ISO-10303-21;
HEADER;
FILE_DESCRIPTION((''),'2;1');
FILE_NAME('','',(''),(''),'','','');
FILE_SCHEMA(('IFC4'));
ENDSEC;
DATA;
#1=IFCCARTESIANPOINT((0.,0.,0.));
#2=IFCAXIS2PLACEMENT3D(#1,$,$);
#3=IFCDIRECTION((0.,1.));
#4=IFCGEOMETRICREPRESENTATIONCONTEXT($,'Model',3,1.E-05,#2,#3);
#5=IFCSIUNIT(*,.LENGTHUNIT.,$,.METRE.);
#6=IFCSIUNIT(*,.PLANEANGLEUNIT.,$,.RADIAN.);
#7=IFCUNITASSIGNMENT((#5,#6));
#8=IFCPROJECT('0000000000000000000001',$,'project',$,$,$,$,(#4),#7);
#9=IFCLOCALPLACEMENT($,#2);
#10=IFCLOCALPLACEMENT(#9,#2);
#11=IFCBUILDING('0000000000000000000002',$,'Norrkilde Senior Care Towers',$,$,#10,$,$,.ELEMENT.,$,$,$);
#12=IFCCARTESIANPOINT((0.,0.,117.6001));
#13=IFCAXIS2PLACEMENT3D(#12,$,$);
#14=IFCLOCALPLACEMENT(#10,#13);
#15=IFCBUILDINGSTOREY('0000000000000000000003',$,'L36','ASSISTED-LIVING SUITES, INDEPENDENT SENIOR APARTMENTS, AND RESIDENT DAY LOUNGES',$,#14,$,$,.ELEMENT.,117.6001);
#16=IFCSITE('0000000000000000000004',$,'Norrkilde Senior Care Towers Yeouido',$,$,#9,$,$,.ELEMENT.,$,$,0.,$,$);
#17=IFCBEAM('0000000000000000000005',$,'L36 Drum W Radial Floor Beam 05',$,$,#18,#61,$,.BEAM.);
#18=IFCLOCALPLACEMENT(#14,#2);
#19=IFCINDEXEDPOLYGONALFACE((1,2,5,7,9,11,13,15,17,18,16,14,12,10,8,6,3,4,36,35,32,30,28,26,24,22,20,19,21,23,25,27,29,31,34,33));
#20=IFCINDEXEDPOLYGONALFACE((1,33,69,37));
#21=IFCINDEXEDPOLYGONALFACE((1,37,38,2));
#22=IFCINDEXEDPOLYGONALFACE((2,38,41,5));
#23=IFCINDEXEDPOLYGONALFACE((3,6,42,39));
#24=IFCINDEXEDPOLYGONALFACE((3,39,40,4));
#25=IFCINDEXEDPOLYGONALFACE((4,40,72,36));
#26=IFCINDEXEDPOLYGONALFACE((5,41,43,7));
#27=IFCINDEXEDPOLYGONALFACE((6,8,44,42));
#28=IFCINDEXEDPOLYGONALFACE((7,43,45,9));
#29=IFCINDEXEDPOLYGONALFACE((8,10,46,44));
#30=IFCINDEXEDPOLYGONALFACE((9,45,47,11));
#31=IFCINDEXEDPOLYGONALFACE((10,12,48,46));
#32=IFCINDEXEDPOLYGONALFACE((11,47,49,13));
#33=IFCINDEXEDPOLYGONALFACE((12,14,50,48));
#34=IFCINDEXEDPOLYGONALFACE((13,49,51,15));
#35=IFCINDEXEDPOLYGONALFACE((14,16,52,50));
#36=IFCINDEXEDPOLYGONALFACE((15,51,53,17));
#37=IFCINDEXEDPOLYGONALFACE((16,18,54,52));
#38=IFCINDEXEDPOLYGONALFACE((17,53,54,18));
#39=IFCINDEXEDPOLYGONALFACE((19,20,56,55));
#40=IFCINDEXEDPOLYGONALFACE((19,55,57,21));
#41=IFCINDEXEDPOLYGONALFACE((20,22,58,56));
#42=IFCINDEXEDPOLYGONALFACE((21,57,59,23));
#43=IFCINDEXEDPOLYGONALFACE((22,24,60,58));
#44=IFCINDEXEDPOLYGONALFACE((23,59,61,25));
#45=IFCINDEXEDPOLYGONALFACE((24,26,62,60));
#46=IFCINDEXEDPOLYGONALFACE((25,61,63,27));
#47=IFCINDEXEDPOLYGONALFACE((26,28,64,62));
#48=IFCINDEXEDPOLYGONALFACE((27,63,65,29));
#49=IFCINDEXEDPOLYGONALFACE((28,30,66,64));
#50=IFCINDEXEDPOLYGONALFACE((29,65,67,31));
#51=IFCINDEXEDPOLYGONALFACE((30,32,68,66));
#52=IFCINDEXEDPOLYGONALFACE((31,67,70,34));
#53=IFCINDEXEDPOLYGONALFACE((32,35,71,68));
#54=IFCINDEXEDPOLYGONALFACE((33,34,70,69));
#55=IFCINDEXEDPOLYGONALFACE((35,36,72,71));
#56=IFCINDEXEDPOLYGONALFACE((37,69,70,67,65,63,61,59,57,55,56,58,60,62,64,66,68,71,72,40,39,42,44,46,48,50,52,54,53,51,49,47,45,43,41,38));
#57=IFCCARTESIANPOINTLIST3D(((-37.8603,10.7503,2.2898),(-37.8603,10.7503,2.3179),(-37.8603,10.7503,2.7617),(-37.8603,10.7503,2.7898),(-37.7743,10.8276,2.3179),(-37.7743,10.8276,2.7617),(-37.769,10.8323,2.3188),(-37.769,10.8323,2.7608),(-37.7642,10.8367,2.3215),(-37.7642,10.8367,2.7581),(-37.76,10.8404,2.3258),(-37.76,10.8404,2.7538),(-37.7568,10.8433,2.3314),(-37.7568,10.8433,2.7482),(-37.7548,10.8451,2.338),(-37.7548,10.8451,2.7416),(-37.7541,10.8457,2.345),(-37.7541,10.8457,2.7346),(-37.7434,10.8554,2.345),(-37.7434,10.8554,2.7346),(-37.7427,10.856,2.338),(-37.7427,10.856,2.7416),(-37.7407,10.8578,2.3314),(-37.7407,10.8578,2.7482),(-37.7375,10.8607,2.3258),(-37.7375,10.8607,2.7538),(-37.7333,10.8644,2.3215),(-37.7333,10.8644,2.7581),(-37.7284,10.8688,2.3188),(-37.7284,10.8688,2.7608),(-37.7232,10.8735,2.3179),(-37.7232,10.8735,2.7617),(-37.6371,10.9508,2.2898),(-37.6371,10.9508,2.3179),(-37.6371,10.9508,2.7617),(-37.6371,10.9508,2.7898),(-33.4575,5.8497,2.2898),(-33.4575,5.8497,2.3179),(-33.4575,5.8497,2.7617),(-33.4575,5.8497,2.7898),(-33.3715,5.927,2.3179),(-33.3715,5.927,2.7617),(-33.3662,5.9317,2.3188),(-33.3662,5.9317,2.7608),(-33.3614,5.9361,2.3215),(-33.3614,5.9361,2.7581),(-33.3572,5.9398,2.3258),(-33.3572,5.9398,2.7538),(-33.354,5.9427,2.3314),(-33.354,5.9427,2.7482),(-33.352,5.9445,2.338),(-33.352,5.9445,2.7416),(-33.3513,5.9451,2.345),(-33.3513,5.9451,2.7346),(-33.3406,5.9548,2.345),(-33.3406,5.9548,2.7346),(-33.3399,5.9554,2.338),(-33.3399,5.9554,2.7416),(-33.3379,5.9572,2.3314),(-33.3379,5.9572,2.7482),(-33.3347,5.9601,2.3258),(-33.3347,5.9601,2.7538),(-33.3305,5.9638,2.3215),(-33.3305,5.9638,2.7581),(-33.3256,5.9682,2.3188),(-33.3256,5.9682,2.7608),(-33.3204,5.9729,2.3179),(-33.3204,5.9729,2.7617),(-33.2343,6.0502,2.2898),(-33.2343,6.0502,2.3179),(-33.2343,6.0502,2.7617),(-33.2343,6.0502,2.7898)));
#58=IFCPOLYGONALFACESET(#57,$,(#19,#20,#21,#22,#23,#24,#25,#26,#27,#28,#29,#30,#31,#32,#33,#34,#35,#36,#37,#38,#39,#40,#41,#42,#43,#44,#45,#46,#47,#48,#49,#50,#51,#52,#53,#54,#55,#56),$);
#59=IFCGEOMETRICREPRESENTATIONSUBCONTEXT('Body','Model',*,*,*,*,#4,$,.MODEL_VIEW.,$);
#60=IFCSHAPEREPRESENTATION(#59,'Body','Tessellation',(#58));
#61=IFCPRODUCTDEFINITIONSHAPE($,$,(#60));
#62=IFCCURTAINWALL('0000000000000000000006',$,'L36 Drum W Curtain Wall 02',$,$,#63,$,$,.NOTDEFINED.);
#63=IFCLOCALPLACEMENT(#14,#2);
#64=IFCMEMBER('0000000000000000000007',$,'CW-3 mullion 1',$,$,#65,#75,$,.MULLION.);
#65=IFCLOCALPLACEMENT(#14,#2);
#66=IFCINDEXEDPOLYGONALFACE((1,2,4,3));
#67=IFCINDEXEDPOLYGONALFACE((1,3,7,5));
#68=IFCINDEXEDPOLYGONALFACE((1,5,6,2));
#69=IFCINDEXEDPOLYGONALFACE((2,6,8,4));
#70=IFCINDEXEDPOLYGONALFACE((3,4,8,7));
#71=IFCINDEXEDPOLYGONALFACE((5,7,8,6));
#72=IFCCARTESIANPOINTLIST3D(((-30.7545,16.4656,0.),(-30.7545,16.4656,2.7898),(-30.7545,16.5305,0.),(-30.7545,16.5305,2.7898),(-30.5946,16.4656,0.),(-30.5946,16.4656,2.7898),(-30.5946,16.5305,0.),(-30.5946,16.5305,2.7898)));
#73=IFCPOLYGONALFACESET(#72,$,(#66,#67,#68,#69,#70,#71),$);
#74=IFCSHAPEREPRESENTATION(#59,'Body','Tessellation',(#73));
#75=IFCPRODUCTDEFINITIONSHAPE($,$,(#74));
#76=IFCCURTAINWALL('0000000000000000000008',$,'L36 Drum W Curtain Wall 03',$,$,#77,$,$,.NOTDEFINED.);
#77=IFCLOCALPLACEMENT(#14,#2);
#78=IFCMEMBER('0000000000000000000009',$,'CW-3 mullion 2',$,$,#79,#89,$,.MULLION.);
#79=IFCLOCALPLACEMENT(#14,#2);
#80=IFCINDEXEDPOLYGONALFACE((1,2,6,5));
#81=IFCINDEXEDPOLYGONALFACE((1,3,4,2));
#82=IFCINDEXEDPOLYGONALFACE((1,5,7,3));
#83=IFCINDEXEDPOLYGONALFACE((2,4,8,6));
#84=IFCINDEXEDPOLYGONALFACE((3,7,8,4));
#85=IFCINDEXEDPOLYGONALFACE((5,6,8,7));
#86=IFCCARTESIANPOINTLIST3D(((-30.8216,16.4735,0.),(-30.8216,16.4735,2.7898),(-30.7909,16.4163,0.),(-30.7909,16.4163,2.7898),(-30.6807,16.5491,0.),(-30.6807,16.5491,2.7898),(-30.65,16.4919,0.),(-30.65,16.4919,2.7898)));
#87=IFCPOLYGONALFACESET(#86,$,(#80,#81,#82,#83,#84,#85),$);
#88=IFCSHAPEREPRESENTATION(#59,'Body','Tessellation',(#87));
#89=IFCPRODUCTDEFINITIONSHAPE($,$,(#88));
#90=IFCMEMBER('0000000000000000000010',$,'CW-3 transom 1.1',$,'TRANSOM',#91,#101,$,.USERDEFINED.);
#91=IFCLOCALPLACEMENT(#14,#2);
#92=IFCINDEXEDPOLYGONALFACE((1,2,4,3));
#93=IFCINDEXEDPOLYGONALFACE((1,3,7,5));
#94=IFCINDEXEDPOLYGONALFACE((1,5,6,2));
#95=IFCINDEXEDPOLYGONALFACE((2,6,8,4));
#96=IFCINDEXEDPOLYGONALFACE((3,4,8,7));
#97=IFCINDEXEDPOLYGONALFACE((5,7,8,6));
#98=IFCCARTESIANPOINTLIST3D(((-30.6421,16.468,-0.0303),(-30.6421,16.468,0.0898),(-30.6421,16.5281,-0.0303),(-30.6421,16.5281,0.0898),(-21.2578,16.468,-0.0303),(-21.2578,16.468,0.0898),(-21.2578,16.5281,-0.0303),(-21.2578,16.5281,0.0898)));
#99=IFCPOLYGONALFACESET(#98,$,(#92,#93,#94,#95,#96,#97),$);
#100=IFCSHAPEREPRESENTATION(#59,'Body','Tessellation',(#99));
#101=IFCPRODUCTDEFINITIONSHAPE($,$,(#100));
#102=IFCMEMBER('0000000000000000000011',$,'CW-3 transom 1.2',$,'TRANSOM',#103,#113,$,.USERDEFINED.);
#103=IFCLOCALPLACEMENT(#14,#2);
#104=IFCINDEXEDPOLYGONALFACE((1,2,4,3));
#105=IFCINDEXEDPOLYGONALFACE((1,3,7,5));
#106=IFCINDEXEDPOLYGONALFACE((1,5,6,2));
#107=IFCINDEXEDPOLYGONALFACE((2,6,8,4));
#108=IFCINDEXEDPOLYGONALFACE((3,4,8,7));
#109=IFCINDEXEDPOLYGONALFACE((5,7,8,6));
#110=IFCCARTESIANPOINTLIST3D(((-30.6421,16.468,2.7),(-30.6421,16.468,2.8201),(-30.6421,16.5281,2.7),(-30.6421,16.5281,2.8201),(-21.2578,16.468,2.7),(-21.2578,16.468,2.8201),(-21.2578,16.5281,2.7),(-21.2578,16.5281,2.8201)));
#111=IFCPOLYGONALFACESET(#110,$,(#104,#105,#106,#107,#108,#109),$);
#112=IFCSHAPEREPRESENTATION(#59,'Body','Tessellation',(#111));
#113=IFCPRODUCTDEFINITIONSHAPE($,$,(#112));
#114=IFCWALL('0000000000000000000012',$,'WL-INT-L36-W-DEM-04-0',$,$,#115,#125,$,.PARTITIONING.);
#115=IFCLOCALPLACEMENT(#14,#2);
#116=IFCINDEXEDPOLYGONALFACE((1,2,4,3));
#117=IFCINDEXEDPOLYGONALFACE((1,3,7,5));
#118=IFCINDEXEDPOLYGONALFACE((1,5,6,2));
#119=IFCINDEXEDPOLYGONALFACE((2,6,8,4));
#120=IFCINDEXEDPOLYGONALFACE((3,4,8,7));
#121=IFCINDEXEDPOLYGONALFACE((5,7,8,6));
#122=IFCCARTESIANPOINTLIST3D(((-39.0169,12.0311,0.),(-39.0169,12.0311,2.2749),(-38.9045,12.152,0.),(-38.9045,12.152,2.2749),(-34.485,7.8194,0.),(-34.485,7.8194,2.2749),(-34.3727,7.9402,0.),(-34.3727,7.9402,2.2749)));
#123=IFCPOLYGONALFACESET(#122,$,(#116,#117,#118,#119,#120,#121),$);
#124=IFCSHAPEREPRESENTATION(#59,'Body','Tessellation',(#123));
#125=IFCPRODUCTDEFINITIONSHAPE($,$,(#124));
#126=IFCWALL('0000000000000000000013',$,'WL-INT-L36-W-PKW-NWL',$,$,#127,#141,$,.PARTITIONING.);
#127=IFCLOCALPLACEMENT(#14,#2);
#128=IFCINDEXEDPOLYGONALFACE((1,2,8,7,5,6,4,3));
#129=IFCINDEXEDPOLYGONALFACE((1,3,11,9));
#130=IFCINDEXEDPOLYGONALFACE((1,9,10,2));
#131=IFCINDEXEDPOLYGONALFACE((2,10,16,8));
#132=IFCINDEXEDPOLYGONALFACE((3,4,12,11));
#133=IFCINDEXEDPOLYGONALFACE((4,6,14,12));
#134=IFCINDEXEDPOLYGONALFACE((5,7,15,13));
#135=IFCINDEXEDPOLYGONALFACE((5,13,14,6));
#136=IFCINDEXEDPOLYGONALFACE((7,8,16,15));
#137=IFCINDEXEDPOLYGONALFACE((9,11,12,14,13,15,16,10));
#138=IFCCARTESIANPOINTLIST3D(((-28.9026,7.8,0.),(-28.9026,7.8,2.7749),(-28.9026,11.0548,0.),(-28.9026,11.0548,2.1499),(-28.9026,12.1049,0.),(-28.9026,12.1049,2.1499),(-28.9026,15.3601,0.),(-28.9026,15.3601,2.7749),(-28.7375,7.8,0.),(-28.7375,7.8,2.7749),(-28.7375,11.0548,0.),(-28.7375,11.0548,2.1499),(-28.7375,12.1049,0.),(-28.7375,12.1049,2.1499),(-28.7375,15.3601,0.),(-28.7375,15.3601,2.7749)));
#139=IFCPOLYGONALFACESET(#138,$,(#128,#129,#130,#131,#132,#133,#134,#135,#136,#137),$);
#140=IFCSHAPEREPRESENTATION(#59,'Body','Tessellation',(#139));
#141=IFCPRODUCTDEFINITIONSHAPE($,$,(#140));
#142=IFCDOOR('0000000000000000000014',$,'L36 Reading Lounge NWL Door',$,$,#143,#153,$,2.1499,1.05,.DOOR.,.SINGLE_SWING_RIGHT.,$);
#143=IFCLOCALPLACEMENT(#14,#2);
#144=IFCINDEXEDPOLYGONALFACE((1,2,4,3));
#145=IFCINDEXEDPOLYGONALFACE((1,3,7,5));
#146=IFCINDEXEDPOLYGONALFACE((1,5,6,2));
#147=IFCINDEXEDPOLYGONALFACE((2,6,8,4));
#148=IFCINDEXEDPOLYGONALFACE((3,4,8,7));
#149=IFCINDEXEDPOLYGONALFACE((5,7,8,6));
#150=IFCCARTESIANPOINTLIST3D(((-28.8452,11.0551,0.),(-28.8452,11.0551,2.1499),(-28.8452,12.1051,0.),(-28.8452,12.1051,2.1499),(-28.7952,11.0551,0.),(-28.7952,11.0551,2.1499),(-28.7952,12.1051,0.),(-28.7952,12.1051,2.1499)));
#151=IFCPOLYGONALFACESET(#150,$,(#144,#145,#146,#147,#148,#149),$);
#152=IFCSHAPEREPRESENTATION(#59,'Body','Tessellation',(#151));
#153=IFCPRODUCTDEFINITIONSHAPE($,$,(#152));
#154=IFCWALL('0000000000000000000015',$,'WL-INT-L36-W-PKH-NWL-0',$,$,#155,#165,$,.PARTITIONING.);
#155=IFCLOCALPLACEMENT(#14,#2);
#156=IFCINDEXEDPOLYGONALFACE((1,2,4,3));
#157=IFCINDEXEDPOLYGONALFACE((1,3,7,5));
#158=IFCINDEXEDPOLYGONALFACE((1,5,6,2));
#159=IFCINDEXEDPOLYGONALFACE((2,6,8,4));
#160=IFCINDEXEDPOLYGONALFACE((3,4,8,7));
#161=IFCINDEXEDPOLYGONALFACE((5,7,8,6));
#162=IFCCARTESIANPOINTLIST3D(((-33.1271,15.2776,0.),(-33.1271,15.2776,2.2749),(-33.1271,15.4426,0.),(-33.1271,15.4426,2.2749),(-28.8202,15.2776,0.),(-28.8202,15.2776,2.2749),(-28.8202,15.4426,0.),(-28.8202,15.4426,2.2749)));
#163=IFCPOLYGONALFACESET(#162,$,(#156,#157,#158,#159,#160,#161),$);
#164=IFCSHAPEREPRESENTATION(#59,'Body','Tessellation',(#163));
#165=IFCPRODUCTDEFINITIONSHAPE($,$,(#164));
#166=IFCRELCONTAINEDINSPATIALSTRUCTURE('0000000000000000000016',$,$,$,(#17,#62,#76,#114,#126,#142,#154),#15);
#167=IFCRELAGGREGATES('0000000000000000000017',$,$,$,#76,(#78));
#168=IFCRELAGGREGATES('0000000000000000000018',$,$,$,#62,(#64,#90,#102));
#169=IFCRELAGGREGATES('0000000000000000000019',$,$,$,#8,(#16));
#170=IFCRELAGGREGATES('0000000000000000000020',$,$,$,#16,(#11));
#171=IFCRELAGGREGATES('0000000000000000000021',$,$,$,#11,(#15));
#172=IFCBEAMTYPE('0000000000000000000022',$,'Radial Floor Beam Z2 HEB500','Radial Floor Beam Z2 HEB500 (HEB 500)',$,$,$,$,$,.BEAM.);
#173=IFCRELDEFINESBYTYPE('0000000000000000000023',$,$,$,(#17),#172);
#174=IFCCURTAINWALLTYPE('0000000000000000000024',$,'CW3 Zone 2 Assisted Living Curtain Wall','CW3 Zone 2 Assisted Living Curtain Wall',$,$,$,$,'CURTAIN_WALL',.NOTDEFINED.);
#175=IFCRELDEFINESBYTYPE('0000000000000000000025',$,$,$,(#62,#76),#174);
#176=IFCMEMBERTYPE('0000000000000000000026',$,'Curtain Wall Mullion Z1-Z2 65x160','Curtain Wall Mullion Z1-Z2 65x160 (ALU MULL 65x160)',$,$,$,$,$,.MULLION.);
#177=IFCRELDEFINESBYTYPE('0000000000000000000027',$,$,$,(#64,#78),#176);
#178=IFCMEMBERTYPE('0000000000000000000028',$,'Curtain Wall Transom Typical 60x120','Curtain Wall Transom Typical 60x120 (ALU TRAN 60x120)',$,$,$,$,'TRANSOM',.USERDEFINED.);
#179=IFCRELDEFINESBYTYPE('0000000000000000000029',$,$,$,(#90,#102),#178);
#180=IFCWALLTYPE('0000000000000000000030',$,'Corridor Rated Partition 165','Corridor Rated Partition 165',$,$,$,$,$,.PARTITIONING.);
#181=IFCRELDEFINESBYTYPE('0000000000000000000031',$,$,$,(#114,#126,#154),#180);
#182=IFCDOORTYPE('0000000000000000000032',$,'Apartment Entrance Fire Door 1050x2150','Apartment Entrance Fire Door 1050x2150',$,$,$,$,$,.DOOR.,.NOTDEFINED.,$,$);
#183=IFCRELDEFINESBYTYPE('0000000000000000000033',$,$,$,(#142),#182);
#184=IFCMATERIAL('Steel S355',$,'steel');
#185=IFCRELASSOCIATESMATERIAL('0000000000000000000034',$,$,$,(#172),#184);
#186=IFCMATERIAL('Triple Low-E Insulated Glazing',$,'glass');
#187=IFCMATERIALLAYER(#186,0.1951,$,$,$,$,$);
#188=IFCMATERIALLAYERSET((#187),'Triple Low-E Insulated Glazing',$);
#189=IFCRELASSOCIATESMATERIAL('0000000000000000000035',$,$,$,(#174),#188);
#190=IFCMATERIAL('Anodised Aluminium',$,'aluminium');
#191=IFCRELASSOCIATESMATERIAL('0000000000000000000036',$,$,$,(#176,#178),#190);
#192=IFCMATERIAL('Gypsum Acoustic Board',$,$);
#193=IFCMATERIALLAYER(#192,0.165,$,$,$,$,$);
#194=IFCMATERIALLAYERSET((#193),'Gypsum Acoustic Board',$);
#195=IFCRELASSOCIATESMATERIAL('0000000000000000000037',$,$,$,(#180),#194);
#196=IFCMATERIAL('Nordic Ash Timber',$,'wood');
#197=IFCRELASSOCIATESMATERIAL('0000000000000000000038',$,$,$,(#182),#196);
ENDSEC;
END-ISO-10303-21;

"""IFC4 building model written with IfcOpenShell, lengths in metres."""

from ifc_helpers import new_model, si_unit, direction, frame, frame_2d, origin, origin_2d, place, context, subcontext, project, spatial, rectangle, i_section, extrude, source, transform, mapped, material, layer, layer_set, material_profile, profile_set, type_object, type_shapes, element, fill, aggregate, save


model = new_model("IFC4")

# Units and contexts
model_context = context("Model", 3, precision=1e-05, world=origin(), true_north=direction((0.0, 1.0)))
body_context = subcontext(model_context, "Body", "Model", "MODEL_VIEW")
ifc_project = project(units=[si_unit("LENGTHUNIT", "METRE"), si_unit("PLANEANGLEUNIT", "RADIAN")], contexts=[model_context])

# Site, building, storey
site_placement = place(None, origin())
site = spatial("IfcSite", under=ifc_project, at=site_placement, Name="Norrkilde Senior Care Towers Yeouido", CompositionType="ELEMENT", RefElevation=0.0)
building_placement = place(site_placement, origin())
building = spatial("IfcBuilding", under=site, at=building_placement, Name="Norrkilde Senior Care Towers", CompositionType="ELEMENT")
storey_placement = place(building_placement, frame((0.0, 0.0, 117.6001)))
storey = spatial("IfcBuildingStorey", under=building, at=storey_placement, Name="L36", Description="ASSISTED-LIVING SUITES, INDEPENDENT SENIOR APARTMENTS, AND RESIDENT DAY LOUNGES", CompositionType="ELEMENT", Elevation=117.6001)

# Beam
ifc_material_1 = material(Name="Steel S355", Category="steel")
ifc_material_profile_1 = material_profile(ifc_material_1, i_section(OverallWidth=0.3, OverallDepth=0.5, WebThickness=0.0144, FlangeThickness=0.0281, FilletRadius=0.0271, at=origin_2d()), Name="HEB 500")
ifc_profile_set_1 = profile_set([ifc_material_profile_1], Name="Steel S355")
beam_type_1 = type_object("IfcBeamType", Name="Radial Floor Beam Z2 HEB500", Description="Radial Floor Beam Z2 HEB500 (HEB 500)", PredefinedType="BEAM", material=ifc_profile_set_1)
shared_shape_1 = source(origin(), body_context, "Body", "SweptSolid", [
    extrude(i_section(OverallWidth=0.3, OverallDepth=0.5, WebThickness=0.0144, FlangeThickness=0.0281, FilletRadius=0.0271, at=origin_2d()), origin(), (0.0, 0.0, 1.0), 6.5879),
])
beam_1_placement = place(storey_placement, frame((-33.3459, 5.95, 2.5398), z_axis=(-0.668315, 0.743878, 0.0), x_axis=(-0.743878, -0.668315, 0.0)))
element("IfcBeam", 1, at=beam_1_placement, inside=storey, type_object=beam_type_1, Name="L36 Drum W Radial Floor Beam 05", PredefinedType="BEAM", context=body_context, shape_type="MappedRepresentation", body=[
    mapped(shared_shape_1, transform((0.0, 0.0, 0.0), x_axis=(1.0, 0.0, 0.0), y_axis=(0.0, 1.0, 0.0), z_axis=(0.0, 0.0, 1.0), scale=1.0)),
])

# Curtain walls, members
ifc_material_2 = material(Name="Triple Low-E Insulated Glazing", Category="glass")
ifc_layer_1 = layer(ifc_material_2, 0.1951)
ifc_layer_set_1 = layer_set([ifc_layer_1], Name="Triple Low-E Insulated Glazing")
curtain_wall_type = type_object("IfcCurtainWallType", Name="CW3 Zone 2 Assisted Living Curtain Wall", Description="CW3 Zone 2 Assisted Living Curtain Wall", ElementType="CURTAIN_WALL", PredefinedType="NOTDEFINED", material=ifc_layer_set_1)
curtain_wall_1_placement = place(storey_placement, origin())
curtain_wall_1 = element("IfcCurtainWall", 2, at=curtain_wall_1_placement, inside=storey, type_object=curtain_wall_type, Name="L36 Drum W Curtain Wall 02", PredefinedType="NOTDEFINED")
ifc_material_3 = material(Name="Anodised Aluminium", Category="aluminium")
ifc_material_profile_2 = material_profile(ifc_material_3, rectangle(XDim=0.0649, YDim=0.1599, at=origin_2d()), Name="ALU MULL 65x160")
ifc_profile_set_2 = profile_set([ifc_material_profile_2], Name="Anodised Aluminium")
member_type_1 = type_object("IfcMemberType", Name="Curtain Wall Mullion Z1-Z2 65x160", Description="Curtain Wall Mullion Z1-Z2 65x160 (ALU MULL 65x160)", PredefinedType="MULLION", material=ifc_profile_set_2)
shared_shape_2 = source(origin(), body_context, "Body", "SweptSolid", [
    extrude(rectangle(XDim=0.0649, YDim=0.1599, at=origin_2d()), origin(), (0.0, 0.0, 1.0), 2.7898),
])
type_shapes(member_type_1, [shared_shape_2])
member_1_placement = place(storey_placement, frame((-30.6746, 16.498, 0.0), z_axis=(0.0, 0.0, 1.0), x_axis=(0.0, 1.0, 0.0)))
member_1 = element("IfcMember", 3, at=member_1_placement, type_object=member_type_1, Name="CW-3 mullion 1", PredefinedType="MULLION", context=body_context, shape_type="MappedRepresentation", body=[
    mapped(shared_shape_2, transform((0.0, 0.0, 0.0), x_axis=(1.0, 0.0, 0.0), y_axis=(0.0, 1.0, 0.0), z_axis=(0.0, 0.0, 1.0), scale=1.0)),
])
curtain_wall_2_placement = place(storey_placement, origin())
curtain_wall_2 = element("IfcCurtainWall", 4, at=curtain_wall_2_placement, inside=storey, type_object=curtain_wall_type, Name="L36 Drum W Curtain Wall 03", PredefinedType="NOTDEFINED")
member_2_placement = place(storey_placement, frame((-30.7358, 16.4827, 0.0), z_axis=(0.0, 0.0, 1.0), x_axis=(-0.472769, 0.881186, 0.0)))
member_2 = element("IfcMember", 5, at=member_2_placement, type_object=member_type_1, Name="CW-3 mullion 2", PredefinedType="MULLION", context=body_context, shape_type="MappedRepresentation", body=[
    mapped(shared_shape_2, transform((0.0, 0.0, 0.0), x_axis=(1.0, 0.0, 0.0), y_axis=(0.0, 1.0, 0.0), z_axis=(0.0, 0.0, 1.0), scale=1.0)),
])
aggregate(curtain_wall_2, [member_2])

# Members
ifc_material_profile_3 = material_profile(ifc_material_3, rectangle(XDim=0.0601, YDim=0.1201, at=origin_2d()), Name="ALU TRAN 60x120")
ifc_profile_set_3 = profile_set([ifc_material_profile_3], Name="Anodised Aluminium")
member_type_2 = type_object("IfcMemberType", Name="Curtain Wall Transom Typical 60x120", Description="Curtain Wall Transom Typical 60x120 (ALU TRAN 60x120)", ElementType="TRANSOM", PredefinedType="USERDEFINED", material=ifc_profile_set_3)
shared_shape_3 = source(origin(), body_context, "Body", "SweptSolid", [
    extrude(rectangle(XDim=0.0601, YDim=0.1201, at=origin_2d()), origin(), (0.0, 0.0, 1.0), 9.3843),
])
type_shapes(member_type_2, [shared_shape_3])
member_3_placement = place(storey_placement, frame((-30.6421, 16.498, 0.0298), z_axis=(1.0, 0.0, 0.0), x_axis=(0.0, 1.0, 0.0)))
member_3 = element("IfcMember", 6, at=member_3_placement, type_object=member_type_2, Name="CW-3 transom 1.1", ObjectType="TRANSOM", PredefinedType="USERDEFINED", context=body_context, shape_type="MappedRepresentation", body=[
    mapped(shared_shape_3, transform((0.0, 0.0, 0.0), x_axis=(1.0, 0.0, 0.0), y_axis=(0.0, 1.0, 0.0), z_axis=(0.0, 0.0, 1.0), scale=1.0)),
])
member_4_placement = place(storey_placement, frame((-30.6421, 16.498, 2.76), z_axis=(1.0, 0.0, 0.0), x_axis=(0.0, 1.0, 0.0)))
member_4 = element("IfcMember", 7, at=member_4_placement, type_object=member_type_2, Name="CW-3 transom 1.2", ObjectType="TRANSOM", PredefinedType="USERDEFINED", context=body_context, shape_type="MappedRepresentation", body=[
    mapped(shared_shape_3, transform((0.0, 0.0, 0.0), x_axis=(1.0, 0.0, 0.0), y_axis=(0.0, 1.0, 0.0), z_axis=(0.0, 0.0, 1.0), scale=1.0)),
])
aggregate(curtain_wall_1, [member_1, member_3, member_4])

# Wall
ifc_material_4 = material(Name="Gypsum Acoustic Board")
ifc_layer_2 = layer(ifc_material_4, 0.165)
ifc_layer_set_2 = layer_set([ifc_layer_2], Name="Gypsum Acoustic Board")
wall_type_1 = type_object("IfcWallType", Name="Corridor Rated Partition 165", Description="Corridor Rated Partition 165", PredefinedType="PARTITIONING", material=ifc_layer_set_2)
shared_shape_4 = source(origin(), body_context, "Body", "SweptSolid", [
    extrude(rectangle(XDim=6.1868, YDim=0.165, at=frame_2d((3.0933, 0.0))), origin(), (0.0, 0.0, 1.0), 2.2749),
])
wall_1_placement = place(storey_placement, frame((-34.429, 7.8799, 0.0), z_axis=(0.0, 0.0, 1.0), x_axis=(-0.732501, 0.680766, 0.0)))
element("IfcWall", 8, at=wall_1_placement, inside=storey, type_object=wall_type_1, Name="WL-INT-L36-W-DEM-04-0", PredefinedType="PARTITIONING", context=body_context, shape_type="MappedRepresentation", body=[
    mapped(shared_shape_4, transform((0.0, 0.0, 0.0), x_axis=(1.0, 0.0, 0.0), y_axis=(0.0, 1.0, 0.0), z_axis=(0.0, 0.0, 1.0), scale=1.0)),
])

# Wall, opening, door
shared_shape_5 = source(origin(), body_context, "Body", "SweptSolid", [
    extrude(rectangle(XDim=7.5601, YDim=0.165, at=frame_2d((3.78, 0.0))), origin(), (0.0, 0.0, 1.0), 2.7749),
])
wall_2_placement = place(storey_placement, frame((-28.8201, 7.8, 0.0), z_axis=(0.0, 0.0, 1.0), x_axis=(0.0, 1.0, 0.0)))
wall_2 = element("IfcWall", 9, at=wall_2_placement, inside=storey, type_object=wall_type_1, Name="WL-INT-L36-W-PKW-NWL", PredefinedType="PARTITIONING", context=body_context, shape_type="MappedRepresentation", body=[
    mapped(shared_shape_5, transform((0.0, 0.0, 0.0), x_axis=(1.0, 0.0, 0.0), y_axis=(0.0, 1.0, 0.0), z_axis=(0.0, 0.0, 1.0), scale=1.0)),
])
opening_1_placement = place(wall_2_placement, frame((3.2549, 0.0, 0.0)))
opening_1 = element("IfcOpeningElement", 10, at=opening_1_placement, cuts=wall_2, PredefinedType="OPENING", context=body_context, shape_type="SweptSolid", body=[
    extrude(rectangle(XDim=1.05, YDim=2.1499, at=frame_2d((0.5249, 1.075))), frame((0.0, 0.0925, 0.0), z_axis=(0.0, -1.0, 0.0), x_axis=(1.0, 0.0, 0.0)), (0.0, 0.0, 1.0), 0.1851),
])
ifc_material_5 = material(Name="Nordic Ash Timber", Category="wood")
door_type_1 = type_object("IfcDoorType", Name="Apartment Entrance Fire Door 1050x2150", Description="Apartment Entrance Fire Door 1050x2150", OperationType="NOTDEFINED", PredefinedType="DOOR", material=ifc_material_5)
shared_shape_6 = source(origin(), body_context, "Body", "SweptSolid", [
    extrude(rectangle(XDim=1.05, YDim=2.1499, at=frame_2d((0.5249, 1.075))), frame((0.0, 0.0249, 0.0), z_axis=(0.0, -1.0, 0.0), x_axis=(1.0, 0.0, 0.0)), (0.0, 0.0, 1.0), 0.05),
])
type_shapes(door_type_1, [shared_shape_6])
door_1_placement = place(opening_1_placement, frame((1.05, 0.0, 0.0), z_axis=(0.0, 0.0, 1.0), x_axis=(-1.0, 0.0, 0.0)))
door_1 = element("IfcDoor", 11, at=door_1_placement, inside=storey, type_object=door_type_1, Name="L36 Reading Lounge NWL Door", OperationType="SINGLE_SWING_RIGHT", OverallHeight=2.1499, OverallWidth=1.05, PredefinedType="DOOR", context=body_context, shape_type="MappedRepresentation", body=[
    mapped(shared_shape_6, transform((0.0, 0.0, 0.0), x_axis=(1.0, 0.0, 0.0), y_axis=(0.0, 1.0, 0.0), z_axis=(0.0, 0.0, 1.0), scale=1.0)),
])
fill(opening_1, door_1)

# Wall
shared_shape_7 = source(origin(), body_context, "Body", "SweptSolid", [
    extrude(rectangle(XDim=4.3069, YDim=0.165, at=frame_2d((2.1533, 0.0))), origin(), (0.0, 0.0, 1.0), 2.2749),
])
type_shapes(wall_type_1, [shared_shape_4, shared_shape_5, shared_shape_7])
wall_3_placement = place(storey_placement, frame((-33.127, 15.3601, 0.0), z_axis=(0.0, 0.0, 1.0), x_axis=(1.0, 0.0, 0.0)))
element("IfcWall", 12, at=wall_3_placement, inside=storey, type_object=wall_type_1, Name="WL-INT-L36-W-PKH-NWL-0", PredefinedType="PARTITIONING", context=body_context, shape_type="MappedRepresentation", body=[
    mapped(shared_shape_7, transform((0.0, 0.0, 0.0), x_axis=(1.0, 0.0, 0.0), y_axis=(0.0, 1.0, 0.0), z_axis=(0.0, 0.0, 1.0), scale=1.0)),
])

save(model, "model.ifc")
